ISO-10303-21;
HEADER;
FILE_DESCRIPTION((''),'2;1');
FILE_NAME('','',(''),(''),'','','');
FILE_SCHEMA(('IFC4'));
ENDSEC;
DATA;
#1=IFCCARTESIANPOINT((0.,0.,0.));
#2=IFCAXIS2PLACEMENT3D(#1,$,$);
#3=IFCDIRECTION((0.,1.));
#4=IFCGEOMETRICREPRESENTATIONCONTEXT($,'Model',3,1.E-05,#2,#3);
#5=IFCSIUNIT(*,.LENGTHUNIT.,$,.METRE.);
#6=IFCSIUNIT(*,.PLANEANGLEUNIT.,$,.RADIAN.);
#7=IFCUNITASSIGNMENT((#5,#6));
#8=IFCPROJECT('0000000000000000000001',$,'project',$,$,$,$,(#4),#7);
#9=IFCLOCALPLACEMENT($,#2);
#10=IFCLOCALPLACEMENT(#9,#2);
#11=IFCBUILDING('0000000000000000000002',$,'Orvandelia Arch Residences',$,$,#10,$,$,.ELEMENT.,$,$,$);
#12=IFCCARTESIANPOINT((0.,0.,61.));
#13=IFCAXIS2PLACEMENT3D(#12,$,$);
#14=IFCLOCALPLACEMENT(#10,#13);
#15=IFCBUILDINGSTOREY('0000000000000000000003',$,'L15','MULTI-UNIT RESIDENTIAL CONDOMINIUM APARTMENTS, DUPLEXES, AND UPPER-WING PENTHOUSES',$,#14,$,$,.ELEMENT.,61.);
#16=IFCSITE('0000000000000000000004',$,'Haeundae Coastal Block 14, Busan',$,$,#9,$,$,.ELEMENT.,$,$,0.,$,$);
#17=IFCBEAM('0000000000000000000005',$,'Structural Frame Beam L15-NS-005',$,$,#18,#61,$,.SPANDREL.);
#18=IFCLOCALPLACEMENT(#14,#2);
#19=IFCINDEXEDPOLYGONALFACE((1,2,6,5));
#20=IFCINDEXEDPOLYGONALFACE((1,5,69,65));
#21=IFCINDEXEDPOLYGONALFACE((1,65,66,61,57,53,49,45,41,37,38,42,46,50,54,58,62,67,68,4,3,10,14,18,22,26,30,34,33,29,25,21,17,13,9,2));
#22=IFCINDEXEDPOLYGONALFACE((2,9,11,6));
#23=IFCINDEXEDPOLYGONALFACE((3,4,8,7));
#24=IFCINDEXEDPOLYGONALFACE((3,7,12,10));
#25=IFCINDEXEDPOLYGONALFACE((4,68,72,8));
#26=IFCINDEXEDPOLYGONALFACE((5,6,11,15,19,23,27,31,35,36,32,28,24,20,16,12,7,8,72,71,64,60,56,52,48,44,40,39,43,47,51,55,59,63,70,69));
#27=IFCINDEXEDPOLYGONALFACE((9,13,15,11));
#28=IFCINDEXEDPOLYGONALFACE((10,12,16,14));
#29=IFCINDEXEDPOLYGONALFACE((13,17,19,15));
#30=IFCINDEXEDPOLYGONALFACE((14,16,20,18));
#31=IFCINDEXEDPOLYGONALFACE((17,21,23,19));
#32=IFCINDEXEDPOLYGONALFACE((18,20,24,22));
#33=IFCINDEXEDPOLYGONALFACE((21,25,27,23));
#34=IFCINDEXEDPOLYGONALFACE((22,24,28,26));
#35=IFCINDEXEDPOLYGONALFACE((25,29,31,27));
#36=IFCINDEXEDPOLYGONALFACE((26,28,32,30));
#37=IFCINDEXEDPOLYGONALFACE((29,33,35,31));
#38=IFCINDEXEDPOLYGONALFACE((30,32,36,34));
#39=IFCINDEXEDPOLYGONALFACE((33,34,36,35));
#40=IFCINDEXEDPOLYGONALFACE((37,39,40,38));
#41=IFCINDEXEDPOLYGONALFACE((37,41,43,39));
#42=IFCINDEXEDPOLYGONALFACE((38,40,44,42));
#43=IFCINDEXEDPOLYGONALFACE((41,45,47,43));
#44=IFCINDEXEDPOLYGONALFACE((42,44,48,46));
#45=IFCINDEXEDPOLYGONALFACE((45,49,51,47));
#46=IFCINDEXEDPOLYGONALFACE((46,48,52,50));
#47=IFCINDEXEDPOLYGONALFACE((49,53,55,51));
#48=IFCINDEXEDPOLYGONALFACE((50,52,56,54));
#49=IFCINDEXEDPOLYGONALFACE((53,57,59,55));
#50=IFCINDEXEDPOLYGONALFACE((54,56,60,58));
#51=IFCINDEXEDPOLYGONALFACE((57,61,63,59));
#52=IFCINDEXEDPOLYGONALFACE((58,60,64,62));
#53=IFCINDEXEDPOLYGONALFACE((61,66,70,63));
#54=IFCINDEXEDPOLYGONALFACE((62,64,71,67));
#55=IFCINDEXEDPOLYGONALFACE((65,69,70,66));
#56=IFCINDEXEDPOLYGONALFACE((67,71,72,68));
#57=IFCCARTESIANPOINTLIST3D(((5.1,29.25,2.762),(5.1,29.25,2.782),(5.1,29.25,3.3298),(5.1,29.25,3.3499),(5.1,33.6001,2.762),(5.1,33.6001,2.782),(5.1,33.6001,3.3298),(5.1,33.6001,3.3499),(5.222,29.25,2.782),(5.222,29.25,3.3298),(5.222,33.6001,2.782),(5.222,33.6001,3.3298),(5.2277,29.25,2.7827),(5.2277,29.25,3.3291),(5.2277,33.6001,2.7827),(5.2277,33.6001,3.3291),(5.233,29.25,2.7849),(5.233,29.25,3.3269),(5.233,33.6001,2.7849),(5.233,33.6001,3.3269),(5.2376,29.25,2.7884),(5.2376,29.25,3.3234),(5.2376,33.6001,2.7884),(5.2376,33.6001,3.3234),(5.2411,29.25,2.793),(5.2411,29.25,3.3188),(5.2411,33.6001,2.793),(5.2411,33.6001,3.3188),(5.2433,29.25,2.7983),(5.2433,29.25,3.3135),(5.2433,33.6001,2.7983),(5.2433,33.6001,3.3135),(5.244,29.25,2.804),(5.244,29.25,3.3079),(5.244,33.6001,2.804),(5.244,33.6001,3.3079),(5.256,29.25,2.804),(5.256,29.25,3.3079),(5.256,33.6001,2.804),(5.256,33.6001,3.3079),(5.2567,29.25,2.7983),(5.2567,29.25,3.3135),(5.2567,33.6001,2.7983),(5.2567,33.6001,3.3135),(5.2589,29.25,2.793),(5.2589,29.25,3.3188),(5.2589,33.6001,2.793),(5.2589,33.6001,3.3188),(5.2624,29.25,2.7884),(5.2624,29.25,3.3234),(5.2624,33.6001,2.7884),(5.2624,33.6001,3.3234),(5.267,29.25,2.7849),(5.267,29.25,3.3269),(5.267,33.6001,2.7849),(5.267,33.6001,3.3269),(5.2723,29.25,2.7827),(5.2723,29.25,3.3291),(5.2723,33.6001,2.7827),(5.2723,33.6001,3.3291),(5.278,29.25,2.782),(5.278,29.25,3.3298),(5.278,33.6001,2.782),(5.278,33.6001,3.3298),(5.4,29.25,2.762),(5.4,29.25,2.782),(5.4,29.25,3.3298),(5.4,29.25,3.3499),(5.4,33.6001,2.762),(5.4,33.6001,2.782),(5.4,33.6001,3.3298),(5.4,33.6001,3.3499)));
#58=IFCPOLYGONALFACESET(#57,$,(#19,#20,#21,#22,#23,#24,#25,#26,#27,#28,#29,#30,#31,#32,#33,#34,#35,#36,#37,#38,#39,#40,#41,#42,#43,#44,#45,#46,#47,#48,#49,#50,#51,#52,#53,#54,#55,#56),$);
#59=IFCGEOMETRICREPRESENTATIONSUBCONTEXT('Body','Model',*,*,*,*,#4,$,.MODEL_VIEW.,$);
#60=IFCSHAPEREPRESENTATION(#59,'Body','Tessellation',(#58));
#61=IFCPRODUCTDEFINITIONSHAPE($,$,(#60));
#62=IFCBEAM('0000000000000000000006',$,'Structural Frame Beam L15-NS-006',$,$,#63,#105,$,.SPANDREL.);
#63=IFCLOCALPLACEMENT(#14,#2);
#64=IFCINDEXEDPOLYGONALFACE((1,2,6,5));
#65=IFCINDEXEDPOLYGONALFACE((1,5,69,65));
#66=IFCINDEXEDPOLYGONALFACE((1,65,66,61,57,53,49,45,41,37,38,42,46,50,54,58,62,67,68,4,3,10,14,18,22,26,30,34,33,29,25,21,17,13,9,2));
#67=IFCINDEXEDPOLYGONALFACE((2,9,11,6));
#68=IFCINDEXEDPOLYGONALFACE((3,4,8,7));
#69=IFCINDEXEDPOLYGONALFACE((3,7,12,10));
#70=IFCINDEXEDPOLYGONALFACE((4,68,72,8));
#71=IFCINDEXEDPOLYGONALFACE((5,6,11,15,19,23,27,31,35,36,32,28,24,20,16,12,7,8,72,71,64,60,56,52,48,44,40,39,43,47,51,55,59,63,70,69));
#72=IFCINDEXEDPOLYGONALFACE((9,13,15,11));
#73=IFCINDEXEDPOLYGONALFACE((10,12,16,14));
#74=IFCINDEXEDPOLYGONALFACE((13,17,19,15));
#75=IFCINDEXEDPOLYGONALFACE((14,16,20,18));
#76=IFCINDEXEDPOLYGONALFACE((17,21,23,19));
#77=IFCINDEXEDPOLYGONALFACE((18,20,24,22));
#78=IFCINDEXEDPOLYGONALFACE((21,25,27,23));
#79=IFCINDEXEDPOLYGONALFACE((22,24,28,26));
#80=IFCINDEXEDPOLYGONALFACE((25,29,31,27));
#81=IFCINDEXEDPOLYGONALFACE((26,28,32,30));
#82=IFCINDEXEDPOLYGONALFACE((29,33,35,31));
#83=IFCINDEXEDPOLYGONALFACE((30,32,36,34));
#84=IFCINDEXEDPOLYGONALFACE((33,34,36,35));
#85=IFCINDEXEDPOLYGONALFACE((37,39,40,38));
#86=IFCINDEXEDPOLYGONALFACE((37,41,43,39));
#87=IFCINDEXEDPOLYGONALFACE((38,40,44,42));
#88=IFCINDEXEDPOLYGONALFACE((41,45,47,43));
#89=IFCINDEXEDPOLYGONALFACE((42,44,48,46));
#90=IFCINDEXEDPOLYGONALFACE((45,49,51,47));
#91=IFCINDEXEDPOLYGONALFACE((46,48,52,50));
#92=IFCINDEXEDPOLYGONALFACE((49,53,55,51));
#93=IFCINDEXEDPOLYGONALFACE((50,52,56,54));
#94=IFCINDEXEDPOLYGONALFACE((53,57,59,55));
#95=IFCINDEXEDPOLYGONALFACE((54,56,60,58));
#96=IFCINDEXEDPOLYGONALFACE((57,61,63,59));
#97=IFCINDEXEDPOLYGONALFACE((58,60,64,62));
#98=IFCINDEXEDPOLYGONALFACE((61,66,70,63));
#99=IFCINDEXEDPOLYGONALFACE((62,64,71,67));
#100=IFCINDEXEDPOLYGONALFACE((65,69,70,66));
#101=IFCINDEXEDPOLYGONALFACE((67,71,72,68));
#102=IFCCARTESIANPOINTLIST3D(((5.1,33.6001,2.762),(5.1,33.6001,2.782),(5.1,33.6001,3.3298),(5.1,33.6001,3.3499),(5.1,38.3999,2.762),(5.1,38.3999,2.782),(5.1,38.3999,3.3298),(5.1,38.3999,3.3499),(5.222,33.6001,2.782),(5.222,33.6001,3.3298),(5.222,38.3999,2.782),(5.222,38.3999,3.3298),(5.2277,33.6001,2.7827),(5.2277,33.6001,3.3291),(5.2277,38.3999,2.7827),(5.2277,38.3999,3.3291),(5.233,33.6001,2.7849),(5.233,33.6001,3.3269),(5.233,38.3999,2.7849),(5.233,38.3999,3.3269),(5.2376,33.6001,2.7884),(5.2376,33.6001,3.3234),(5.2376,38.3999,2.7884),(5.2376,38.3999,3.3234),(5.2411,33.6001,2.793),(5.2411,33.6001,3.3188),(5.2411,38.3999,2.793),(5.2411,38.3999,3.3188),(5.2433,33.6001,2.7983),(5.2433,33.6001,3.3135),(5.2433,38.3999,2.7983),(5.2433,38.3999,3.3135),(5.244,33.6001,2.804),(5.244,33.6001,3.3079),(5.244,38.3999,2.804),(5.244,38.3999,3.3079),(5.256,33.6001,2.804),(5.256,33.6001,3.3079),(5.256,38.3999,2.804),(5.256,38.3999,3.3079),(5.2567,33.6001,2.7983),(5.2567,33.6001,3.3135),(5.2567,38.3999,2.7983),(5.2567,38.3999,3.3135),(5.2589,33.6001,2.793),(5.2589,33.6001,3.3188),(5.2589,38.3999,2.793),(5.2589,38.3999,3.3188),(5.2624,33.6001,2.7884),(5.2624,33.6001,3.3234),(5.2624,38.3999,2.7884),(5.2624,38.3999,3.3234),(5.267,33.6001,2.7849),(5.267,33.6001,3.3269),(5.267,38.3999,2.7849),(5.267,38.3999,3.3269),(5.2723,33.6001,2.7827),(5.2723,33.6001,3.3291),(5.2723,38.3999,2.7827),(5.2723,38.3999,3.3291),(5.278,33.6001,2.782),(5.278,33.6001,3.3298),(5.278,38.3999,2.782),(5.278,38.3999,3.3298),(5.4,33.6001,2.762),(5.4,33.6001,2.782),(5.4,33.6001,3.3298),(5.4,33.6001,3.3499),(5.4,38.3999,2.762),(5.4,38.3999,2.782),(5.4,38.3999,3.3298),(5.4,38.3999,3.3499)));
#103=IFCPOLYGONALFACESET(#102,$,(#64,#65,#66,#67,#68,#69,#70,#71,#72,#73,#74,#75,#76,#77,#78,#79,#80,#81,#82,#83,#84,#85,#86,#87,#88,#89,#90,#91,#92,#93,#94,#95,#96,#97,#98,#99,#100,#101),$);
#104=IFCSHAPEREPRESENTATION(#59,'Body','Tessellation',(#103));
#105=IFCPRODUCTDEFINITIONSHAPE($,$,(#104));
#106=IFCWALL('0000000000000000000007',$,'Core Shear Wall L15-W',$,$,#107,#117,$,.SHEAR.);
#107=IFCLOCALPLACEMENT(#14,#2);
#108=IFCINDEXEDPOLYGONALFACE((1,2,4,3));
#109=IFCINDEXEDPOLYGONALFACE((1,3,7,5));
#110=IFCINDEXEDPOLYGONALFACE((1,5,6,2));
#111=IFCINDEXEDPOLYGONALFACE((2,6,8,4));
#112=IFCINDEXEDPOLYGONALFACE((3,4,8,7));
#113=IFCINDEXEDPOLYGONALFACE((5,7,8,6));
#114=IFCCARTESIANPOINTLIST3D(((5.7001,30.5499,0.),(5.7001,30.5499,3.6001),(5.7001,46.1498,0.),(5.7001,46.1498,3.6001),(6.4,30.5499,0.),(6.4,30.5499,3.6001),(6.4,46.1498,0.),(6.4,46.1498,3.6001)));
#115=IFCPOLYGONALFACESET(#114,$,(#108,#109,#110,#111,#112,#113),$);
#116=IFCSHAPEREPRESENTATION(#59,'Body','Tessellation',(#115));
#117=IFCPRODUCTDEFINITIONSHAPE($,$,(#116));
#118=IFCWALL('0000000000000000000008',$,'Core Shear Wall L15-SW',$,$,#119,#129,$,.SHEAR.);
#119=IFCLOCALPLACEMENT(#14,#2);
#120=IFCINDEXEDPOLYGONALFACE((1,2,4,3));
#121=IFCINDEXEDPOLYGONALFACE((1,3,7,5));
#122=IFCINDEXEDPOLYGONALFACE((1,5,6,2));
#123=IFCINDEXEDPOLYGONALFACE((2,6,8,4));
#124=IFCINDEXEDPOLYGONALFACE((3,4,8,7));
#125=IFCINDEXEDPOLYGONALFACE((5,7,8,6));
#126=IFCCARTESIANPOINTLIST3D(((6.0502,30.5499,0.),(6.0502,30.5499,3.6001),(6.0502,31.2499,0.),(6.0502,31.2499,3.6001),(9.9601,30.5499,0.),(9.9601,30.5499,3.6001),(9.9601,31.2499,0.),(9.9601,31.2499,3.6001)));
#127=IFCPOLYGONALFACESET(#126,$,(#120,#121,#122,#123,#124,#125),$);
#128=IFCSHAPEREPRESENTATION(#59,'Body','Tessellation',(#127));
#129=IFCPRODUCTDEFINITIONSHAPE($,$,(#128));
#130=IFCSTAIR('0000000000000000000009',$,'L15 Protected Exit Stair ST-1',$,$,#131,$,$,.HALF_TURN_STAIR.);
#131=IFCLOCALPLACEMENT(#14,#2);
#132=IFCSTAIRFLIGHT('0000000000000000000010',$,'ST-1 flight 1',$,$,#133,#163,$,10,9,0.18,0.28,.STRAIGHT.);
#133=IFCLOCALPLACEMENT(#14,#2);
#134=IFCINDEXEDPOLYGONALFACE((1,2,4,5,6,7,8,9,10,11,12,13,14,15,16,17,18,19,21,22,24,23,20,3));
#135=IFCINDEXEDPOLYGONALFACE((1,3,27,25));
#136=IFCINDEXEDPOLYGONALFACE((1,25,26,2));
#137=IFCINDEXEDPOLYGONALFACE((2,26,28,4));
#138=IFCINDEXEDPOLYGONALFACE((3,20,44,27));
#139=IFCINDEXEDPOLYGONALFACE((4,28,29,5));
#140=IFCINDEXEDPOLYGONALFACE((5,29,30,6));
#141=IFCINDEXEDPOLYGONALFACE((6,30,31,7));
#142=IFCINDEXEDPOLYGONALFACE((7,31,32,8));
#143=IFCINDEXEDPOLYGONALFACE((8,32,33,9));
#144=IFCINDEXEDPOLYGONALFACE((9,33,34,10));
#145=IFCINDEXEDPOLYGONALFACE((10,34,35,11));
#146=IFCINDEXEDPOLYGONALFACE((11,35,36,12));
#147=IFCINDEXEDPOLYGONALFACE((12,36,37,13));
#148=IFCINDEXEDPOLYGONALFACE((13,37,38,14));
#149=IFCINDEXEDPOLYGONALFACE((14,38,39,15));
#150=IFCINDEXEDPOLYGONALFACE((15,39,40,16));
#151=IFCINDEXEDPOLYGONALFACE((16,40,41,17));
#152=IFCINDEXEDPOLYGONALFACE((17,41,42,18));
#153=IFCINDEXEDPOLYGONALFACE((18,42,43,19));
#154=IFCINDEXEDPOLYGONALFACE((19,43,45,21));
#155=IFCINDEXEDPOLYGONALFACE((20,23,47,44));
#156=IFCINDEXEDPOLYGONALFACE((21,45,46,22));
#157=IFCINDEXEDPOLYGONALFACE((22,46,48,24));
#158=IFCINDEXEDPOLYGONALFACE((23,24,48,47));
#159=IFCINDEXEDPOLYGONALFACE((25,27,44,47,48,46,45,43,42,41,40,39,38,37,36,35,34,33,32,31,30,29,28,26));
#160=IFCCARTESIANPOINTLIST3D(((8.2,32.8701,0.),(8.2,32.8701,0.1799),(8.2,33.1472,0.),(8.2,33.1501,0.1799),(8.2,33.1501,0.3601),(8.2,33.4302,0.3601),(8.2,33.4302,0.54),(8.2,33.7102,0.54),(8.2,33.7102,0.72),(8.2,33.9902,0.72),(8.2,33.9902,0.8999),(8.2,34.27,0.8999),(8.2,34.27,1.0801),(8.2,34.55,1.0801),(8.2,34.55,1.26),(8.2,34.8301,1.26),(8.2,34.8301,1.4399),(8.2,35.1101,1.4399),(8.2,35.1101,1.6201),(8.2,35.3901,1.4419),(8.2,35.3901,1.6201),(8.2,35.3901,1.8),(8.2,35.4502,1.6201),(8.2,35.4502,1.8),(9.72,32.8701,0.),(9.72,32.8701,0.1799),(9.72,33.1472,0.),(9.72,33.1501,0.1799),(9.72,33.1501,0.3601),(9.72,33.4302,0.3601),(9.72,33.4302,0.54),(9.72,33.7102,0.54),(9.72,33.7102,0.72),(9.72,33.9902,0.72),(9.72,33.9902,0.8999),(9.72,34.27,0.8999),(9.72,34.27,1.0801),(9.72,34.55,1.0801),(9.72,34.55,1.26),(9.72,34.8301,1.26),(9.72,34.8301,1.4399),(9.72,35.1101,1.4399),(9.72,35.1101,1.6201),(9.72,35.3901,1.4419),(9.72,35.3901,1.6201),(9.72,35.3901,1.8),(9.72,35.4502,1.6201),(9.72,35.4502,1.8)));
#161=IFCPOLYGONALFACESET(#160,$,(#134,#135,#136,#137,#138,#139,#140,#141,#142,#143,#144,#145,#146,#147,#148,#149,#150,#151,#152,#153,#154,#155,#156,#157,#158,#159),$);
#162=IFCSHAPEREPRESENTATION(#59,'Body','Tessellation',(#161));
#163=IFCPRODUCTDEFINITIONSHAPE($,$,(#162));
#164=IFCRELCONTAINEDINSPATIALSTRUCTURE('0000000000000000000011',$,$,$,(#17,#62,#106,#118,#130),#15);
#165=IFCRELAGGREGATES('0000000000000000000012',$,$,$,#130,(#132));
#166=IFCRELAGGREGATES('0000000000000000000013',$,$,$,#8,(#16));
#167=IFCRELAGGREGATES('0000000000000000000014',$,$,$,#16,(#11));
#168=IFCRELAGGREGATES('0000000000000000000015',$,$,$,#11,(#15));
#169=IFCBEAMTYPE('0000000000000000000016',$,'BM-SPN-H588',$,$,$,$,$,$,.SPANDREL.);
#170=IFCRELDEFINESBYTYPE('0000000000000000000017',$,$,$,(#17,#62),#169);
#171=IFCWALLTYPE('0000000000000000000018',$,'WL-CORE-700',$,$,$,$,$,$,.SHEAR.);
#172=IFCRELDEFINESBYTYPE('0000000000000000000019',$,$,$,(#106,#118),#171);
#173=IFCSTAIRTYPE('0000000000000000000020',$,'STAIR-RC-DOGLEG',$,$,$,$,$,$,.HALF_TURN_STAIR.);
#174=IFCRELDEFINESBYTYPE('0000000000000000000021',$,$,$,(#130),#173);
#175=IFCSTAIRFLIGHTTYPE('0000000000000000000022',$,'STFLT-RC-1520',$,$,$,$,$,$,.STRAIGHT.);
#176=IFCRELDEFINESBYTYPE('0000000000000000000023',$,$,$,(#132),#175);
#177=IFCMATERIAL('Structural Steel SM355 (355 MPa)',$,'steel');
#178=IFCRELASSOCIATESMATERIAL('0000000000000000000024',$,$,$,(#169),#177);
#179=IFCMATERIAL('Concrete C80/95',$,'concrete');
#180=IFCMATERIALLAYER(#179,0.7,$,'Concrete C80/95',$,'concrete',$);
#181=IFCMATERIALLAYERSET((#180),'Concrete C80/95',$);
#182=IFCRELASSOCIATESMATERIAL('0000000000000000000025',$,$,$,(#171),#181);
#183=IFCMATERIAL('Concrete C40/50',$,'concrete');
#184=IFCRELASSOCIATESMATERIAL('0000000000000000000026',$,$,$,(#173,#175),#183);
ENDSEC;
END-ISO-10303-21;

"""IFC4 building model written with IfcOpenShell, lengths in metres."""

from ifc_helpers import new_model, si_unit, direction, frame, frame_2d, origin, origin_2d, place, context, subcontext, project, spatial, polyline, rectangle, i_section, outline, extrude, material, layer, layer_set, material_profile, profile_set, type_object, element, aggregate, save


model = new_model("IFC4")

# Units and contexts
model_context = context("Model", 3, precision=1e-05, world=origin(), true_north=direction((0.0, 1.0)))
body_context = subcontext(model_context, "Body", "Model", "MODEL_VIEW")
ifc_project = project(units=[si_unit("LENGTHUNIT", "METRE"), si_unit("PLANEANGLEUNIT", "RADIAN")], contexts=[model_context])

# Site, building, storey
site_placement = place(None, origin())
site = spatial("IfcSite", under=ifc_project, at=site_placement, Name="Haeundae Coastal Block 14, Busan", CompositionType="ELEMENT", RefElevation=0.0)
building_placement = place(site_placement, origin())
building = spatial("IfcBuilding", under=site, at=building_placement, Name="Orvandelia Arch Residences", CompositionType="ELEMENT")
storey_placement = place(building_placement, frame((0.0, 0.0, 61.0)))
storey = spatial("IfcBuildingStorey", under=building, at=storey_placement, Name="L15", Description="MULTI-UNIT RESIDENTIAL CONDOMINIUM APARTMENTS, DUPLEXES, AND UPPER-WING PENTHOUSES", CompositionType="ELEMENT", Elevation=61.0)

# Shared definitions
ifc_material_1 = material(Name="Concrete C80/95", Category="concrete")

# Beams
ifc_material_2 = material(Name="Structural Steel SM355 (355 MPa)", Category="steel")
ifc_material_profile_1 = material_profile(ifc_material_2, i_section(OverallWidth=0.3, OverallDepth=0.5879, WebThickness=0.012, FlangeThickness=0.02, FilletRadius=0.022, at=origin_2d()), Name="Structural Steel SM355 (355 MPa)", Category="steel")
ifc_profile_set_1 = profile_set([ifc_material_profile_1], Name="Structural Steel SM355 (355 MPa)")
beam_type_1 = type_object("IfcBeamType", Name="BM-SPN-H588", PredefinedType="SPANDREL", material=ifc_profile_set_1)
beam_1_placement = place(storey_placement, frame((5.25, 29.25, 3.0559), z_axis=(0.0, 1.0, 0.0), x_axis=(-1.0, 0.0, 0.0)))
element("IfcBeam", 1, at=beam_1_placement, inside=storey, type_object=beam_type_1, Name="Structural Frame Beam L15-NS-005", PredefinedType="SPANDREL", context=body_context, shape_type="SweptSolid", body=[
    extrude(i_section(OverallWidth=0.3, OverallDepth=0.5879, WebThickness=0.012, FlangeThickness=0.02, FilletRadius=0.022, at=origin_2d()), origin(), (0.0, 0.0, 1.0), 4.3501),
])
beam_2_placement = place(storey_placement, frame((5.25, 33.6001, 3.0559), z_axis=(0.0, 1.0, 0.0), x_axis=(-1.0, 0.0, 0.0)))
element("IfcBeam", 2, at=beam_2_placement, inside=storey, type_object=beam_type_1, Name="Structural Frame Beam L15-NS-006", PredefinedType="SPANDREL", context=body_context, shape_type="SweptSolid", body=[
    extrude(i_section(OverallWidth=0.3, OverallDepth=0.5879, WebThickness=0.012, FlangeThickness=0.02, FilletRadius=0.022, at=origin_2d()), origin(), (0.0, 0.0, 1.0), 4.7998),
])

# Walls
ifc_layer = layer(ifc_material_1, 0.7, Name="Concrete C80/95", Category="concrete")
ifc_layer_set = layer_set([ifc_layer], Name="Concrete C80/95")
wall_type = type_object("IfcWallType", Name="WL-CORE-700", PredefinedType="SHEAR", material=ifc_layer_set)
wall_1_placement = place(storey_placement, frame((6.05, 30.55, 0.0), z_axis=(0.0, 0.0, 1.0), x_axis=(0.0, 1.0, 0.0)))
element("IfcWall", 3, at=wall_1_placement, inside=storey, type_object=wall_type, Name="Core Shear Wall L15-W", PredefinedType="SHEAR", context=body_context, shape_type="SweptSolid", body=[
    extrude(rectangle(XDim=15.5999, YDim=0.7, at=frame_2d((7.7998, 0.0))), origin(), (0.0, 0.0, 1.0), 3.6001),
])
wall_2_placement = place(storey_placement, frame((6.05, 30.8999, 0.0), z_axis=(0.0, 0.0, 1.0), x_axis=(1.0, 0.0, 0.0)))
element("IfcWall", 4, at=wall_2_placement, inside=storey, type_object=wall_type, Name="Core Shear Wall L15-SW", PredefinedType="SHEAR", context=body_context, shape_type="SweptSolid", body=[
    extrude(rectangle(XDim=3.9099, YDim=0.7, at=frame_2d((1.9551, 0.0))), origin(), (0.0, 0.0, 1.0), 3.6001),
])

# Stair, stair flight
ifc_material_3 = material(Name="Concrete C40/50", Category="concrete")
stair_type = type_object("IfcStairType", Name="STAIR-RC-DOGLEG", PredefinedType="HALF_TURN_STAIR", material=ifc_material_3)
stair_placement = place(storey_placement, origin())
stair = element("IfcStair", 5, at=stair_placement, inside=storey, type_object=stair_type, Name="L15 Protected Exit Stair ST-1", PredefinedType="HALF_TURN_STAIR")
stair_flight_type = type_object("IfcStairFlightType", Name="STFLT-RC-1520", PredefinedType="STRAIGHT", material=ifc_material_3)
stair_flight_1_placement = place(storey_placement, frame((8.96, 32.8701, 0.0), z_axis=(0.0, 0.0, 1.0), x_axis=(0.0, 1.0, 0.0)))
stair_flight_1 = element("IfcStairFlight", 6, at=stair_flight_1_placement, type_object=stair_flight_type, Name="ST-1 flight 1", NumberOfRisers=10, NumberOfTreads=9, PredefinedType="STRAIGHT", RiserHeight=0.18, TreadLength=0.28, context=body_context, shape_type="SweptSolid", body=[
    extrude(outline(polyline([(0.0, 0.0), (0.0, 0.1799), (0.28, 0.1799), (0.28, 0.3601), (0.5601, 0.3601), (0.5601, 0.54), (0.8401, 0.54), (0.8401, 0.72), (1.1201, 0.72), (1.1201, 0.8999), (1.3999, 0.8999), (1.3999, 1.0801), (1.6799, 1.0801), (1.6799, 1.26), (1.96, 1.26), (1.96, 1.4399), (2.24, 1.4399), (2.24, 1.6201), (2.52, 1.6201), (2.52, 1.8), (2.5801, 1.8), (2.5801, 1.6201), (2.52, 1.4419), (0.2771, 0.0), (0.0, 0.0)])), frame((0.0, 0.76, 0.0), z_axis=(0.0, -1.0, 0.0), x_axis=(1.0, 0.0, 0.0)), (0.0, 0.0, 1.0), 1.52),
])
aggregate(stair, [stair_flight_1])

save(model, "model.ifc")
